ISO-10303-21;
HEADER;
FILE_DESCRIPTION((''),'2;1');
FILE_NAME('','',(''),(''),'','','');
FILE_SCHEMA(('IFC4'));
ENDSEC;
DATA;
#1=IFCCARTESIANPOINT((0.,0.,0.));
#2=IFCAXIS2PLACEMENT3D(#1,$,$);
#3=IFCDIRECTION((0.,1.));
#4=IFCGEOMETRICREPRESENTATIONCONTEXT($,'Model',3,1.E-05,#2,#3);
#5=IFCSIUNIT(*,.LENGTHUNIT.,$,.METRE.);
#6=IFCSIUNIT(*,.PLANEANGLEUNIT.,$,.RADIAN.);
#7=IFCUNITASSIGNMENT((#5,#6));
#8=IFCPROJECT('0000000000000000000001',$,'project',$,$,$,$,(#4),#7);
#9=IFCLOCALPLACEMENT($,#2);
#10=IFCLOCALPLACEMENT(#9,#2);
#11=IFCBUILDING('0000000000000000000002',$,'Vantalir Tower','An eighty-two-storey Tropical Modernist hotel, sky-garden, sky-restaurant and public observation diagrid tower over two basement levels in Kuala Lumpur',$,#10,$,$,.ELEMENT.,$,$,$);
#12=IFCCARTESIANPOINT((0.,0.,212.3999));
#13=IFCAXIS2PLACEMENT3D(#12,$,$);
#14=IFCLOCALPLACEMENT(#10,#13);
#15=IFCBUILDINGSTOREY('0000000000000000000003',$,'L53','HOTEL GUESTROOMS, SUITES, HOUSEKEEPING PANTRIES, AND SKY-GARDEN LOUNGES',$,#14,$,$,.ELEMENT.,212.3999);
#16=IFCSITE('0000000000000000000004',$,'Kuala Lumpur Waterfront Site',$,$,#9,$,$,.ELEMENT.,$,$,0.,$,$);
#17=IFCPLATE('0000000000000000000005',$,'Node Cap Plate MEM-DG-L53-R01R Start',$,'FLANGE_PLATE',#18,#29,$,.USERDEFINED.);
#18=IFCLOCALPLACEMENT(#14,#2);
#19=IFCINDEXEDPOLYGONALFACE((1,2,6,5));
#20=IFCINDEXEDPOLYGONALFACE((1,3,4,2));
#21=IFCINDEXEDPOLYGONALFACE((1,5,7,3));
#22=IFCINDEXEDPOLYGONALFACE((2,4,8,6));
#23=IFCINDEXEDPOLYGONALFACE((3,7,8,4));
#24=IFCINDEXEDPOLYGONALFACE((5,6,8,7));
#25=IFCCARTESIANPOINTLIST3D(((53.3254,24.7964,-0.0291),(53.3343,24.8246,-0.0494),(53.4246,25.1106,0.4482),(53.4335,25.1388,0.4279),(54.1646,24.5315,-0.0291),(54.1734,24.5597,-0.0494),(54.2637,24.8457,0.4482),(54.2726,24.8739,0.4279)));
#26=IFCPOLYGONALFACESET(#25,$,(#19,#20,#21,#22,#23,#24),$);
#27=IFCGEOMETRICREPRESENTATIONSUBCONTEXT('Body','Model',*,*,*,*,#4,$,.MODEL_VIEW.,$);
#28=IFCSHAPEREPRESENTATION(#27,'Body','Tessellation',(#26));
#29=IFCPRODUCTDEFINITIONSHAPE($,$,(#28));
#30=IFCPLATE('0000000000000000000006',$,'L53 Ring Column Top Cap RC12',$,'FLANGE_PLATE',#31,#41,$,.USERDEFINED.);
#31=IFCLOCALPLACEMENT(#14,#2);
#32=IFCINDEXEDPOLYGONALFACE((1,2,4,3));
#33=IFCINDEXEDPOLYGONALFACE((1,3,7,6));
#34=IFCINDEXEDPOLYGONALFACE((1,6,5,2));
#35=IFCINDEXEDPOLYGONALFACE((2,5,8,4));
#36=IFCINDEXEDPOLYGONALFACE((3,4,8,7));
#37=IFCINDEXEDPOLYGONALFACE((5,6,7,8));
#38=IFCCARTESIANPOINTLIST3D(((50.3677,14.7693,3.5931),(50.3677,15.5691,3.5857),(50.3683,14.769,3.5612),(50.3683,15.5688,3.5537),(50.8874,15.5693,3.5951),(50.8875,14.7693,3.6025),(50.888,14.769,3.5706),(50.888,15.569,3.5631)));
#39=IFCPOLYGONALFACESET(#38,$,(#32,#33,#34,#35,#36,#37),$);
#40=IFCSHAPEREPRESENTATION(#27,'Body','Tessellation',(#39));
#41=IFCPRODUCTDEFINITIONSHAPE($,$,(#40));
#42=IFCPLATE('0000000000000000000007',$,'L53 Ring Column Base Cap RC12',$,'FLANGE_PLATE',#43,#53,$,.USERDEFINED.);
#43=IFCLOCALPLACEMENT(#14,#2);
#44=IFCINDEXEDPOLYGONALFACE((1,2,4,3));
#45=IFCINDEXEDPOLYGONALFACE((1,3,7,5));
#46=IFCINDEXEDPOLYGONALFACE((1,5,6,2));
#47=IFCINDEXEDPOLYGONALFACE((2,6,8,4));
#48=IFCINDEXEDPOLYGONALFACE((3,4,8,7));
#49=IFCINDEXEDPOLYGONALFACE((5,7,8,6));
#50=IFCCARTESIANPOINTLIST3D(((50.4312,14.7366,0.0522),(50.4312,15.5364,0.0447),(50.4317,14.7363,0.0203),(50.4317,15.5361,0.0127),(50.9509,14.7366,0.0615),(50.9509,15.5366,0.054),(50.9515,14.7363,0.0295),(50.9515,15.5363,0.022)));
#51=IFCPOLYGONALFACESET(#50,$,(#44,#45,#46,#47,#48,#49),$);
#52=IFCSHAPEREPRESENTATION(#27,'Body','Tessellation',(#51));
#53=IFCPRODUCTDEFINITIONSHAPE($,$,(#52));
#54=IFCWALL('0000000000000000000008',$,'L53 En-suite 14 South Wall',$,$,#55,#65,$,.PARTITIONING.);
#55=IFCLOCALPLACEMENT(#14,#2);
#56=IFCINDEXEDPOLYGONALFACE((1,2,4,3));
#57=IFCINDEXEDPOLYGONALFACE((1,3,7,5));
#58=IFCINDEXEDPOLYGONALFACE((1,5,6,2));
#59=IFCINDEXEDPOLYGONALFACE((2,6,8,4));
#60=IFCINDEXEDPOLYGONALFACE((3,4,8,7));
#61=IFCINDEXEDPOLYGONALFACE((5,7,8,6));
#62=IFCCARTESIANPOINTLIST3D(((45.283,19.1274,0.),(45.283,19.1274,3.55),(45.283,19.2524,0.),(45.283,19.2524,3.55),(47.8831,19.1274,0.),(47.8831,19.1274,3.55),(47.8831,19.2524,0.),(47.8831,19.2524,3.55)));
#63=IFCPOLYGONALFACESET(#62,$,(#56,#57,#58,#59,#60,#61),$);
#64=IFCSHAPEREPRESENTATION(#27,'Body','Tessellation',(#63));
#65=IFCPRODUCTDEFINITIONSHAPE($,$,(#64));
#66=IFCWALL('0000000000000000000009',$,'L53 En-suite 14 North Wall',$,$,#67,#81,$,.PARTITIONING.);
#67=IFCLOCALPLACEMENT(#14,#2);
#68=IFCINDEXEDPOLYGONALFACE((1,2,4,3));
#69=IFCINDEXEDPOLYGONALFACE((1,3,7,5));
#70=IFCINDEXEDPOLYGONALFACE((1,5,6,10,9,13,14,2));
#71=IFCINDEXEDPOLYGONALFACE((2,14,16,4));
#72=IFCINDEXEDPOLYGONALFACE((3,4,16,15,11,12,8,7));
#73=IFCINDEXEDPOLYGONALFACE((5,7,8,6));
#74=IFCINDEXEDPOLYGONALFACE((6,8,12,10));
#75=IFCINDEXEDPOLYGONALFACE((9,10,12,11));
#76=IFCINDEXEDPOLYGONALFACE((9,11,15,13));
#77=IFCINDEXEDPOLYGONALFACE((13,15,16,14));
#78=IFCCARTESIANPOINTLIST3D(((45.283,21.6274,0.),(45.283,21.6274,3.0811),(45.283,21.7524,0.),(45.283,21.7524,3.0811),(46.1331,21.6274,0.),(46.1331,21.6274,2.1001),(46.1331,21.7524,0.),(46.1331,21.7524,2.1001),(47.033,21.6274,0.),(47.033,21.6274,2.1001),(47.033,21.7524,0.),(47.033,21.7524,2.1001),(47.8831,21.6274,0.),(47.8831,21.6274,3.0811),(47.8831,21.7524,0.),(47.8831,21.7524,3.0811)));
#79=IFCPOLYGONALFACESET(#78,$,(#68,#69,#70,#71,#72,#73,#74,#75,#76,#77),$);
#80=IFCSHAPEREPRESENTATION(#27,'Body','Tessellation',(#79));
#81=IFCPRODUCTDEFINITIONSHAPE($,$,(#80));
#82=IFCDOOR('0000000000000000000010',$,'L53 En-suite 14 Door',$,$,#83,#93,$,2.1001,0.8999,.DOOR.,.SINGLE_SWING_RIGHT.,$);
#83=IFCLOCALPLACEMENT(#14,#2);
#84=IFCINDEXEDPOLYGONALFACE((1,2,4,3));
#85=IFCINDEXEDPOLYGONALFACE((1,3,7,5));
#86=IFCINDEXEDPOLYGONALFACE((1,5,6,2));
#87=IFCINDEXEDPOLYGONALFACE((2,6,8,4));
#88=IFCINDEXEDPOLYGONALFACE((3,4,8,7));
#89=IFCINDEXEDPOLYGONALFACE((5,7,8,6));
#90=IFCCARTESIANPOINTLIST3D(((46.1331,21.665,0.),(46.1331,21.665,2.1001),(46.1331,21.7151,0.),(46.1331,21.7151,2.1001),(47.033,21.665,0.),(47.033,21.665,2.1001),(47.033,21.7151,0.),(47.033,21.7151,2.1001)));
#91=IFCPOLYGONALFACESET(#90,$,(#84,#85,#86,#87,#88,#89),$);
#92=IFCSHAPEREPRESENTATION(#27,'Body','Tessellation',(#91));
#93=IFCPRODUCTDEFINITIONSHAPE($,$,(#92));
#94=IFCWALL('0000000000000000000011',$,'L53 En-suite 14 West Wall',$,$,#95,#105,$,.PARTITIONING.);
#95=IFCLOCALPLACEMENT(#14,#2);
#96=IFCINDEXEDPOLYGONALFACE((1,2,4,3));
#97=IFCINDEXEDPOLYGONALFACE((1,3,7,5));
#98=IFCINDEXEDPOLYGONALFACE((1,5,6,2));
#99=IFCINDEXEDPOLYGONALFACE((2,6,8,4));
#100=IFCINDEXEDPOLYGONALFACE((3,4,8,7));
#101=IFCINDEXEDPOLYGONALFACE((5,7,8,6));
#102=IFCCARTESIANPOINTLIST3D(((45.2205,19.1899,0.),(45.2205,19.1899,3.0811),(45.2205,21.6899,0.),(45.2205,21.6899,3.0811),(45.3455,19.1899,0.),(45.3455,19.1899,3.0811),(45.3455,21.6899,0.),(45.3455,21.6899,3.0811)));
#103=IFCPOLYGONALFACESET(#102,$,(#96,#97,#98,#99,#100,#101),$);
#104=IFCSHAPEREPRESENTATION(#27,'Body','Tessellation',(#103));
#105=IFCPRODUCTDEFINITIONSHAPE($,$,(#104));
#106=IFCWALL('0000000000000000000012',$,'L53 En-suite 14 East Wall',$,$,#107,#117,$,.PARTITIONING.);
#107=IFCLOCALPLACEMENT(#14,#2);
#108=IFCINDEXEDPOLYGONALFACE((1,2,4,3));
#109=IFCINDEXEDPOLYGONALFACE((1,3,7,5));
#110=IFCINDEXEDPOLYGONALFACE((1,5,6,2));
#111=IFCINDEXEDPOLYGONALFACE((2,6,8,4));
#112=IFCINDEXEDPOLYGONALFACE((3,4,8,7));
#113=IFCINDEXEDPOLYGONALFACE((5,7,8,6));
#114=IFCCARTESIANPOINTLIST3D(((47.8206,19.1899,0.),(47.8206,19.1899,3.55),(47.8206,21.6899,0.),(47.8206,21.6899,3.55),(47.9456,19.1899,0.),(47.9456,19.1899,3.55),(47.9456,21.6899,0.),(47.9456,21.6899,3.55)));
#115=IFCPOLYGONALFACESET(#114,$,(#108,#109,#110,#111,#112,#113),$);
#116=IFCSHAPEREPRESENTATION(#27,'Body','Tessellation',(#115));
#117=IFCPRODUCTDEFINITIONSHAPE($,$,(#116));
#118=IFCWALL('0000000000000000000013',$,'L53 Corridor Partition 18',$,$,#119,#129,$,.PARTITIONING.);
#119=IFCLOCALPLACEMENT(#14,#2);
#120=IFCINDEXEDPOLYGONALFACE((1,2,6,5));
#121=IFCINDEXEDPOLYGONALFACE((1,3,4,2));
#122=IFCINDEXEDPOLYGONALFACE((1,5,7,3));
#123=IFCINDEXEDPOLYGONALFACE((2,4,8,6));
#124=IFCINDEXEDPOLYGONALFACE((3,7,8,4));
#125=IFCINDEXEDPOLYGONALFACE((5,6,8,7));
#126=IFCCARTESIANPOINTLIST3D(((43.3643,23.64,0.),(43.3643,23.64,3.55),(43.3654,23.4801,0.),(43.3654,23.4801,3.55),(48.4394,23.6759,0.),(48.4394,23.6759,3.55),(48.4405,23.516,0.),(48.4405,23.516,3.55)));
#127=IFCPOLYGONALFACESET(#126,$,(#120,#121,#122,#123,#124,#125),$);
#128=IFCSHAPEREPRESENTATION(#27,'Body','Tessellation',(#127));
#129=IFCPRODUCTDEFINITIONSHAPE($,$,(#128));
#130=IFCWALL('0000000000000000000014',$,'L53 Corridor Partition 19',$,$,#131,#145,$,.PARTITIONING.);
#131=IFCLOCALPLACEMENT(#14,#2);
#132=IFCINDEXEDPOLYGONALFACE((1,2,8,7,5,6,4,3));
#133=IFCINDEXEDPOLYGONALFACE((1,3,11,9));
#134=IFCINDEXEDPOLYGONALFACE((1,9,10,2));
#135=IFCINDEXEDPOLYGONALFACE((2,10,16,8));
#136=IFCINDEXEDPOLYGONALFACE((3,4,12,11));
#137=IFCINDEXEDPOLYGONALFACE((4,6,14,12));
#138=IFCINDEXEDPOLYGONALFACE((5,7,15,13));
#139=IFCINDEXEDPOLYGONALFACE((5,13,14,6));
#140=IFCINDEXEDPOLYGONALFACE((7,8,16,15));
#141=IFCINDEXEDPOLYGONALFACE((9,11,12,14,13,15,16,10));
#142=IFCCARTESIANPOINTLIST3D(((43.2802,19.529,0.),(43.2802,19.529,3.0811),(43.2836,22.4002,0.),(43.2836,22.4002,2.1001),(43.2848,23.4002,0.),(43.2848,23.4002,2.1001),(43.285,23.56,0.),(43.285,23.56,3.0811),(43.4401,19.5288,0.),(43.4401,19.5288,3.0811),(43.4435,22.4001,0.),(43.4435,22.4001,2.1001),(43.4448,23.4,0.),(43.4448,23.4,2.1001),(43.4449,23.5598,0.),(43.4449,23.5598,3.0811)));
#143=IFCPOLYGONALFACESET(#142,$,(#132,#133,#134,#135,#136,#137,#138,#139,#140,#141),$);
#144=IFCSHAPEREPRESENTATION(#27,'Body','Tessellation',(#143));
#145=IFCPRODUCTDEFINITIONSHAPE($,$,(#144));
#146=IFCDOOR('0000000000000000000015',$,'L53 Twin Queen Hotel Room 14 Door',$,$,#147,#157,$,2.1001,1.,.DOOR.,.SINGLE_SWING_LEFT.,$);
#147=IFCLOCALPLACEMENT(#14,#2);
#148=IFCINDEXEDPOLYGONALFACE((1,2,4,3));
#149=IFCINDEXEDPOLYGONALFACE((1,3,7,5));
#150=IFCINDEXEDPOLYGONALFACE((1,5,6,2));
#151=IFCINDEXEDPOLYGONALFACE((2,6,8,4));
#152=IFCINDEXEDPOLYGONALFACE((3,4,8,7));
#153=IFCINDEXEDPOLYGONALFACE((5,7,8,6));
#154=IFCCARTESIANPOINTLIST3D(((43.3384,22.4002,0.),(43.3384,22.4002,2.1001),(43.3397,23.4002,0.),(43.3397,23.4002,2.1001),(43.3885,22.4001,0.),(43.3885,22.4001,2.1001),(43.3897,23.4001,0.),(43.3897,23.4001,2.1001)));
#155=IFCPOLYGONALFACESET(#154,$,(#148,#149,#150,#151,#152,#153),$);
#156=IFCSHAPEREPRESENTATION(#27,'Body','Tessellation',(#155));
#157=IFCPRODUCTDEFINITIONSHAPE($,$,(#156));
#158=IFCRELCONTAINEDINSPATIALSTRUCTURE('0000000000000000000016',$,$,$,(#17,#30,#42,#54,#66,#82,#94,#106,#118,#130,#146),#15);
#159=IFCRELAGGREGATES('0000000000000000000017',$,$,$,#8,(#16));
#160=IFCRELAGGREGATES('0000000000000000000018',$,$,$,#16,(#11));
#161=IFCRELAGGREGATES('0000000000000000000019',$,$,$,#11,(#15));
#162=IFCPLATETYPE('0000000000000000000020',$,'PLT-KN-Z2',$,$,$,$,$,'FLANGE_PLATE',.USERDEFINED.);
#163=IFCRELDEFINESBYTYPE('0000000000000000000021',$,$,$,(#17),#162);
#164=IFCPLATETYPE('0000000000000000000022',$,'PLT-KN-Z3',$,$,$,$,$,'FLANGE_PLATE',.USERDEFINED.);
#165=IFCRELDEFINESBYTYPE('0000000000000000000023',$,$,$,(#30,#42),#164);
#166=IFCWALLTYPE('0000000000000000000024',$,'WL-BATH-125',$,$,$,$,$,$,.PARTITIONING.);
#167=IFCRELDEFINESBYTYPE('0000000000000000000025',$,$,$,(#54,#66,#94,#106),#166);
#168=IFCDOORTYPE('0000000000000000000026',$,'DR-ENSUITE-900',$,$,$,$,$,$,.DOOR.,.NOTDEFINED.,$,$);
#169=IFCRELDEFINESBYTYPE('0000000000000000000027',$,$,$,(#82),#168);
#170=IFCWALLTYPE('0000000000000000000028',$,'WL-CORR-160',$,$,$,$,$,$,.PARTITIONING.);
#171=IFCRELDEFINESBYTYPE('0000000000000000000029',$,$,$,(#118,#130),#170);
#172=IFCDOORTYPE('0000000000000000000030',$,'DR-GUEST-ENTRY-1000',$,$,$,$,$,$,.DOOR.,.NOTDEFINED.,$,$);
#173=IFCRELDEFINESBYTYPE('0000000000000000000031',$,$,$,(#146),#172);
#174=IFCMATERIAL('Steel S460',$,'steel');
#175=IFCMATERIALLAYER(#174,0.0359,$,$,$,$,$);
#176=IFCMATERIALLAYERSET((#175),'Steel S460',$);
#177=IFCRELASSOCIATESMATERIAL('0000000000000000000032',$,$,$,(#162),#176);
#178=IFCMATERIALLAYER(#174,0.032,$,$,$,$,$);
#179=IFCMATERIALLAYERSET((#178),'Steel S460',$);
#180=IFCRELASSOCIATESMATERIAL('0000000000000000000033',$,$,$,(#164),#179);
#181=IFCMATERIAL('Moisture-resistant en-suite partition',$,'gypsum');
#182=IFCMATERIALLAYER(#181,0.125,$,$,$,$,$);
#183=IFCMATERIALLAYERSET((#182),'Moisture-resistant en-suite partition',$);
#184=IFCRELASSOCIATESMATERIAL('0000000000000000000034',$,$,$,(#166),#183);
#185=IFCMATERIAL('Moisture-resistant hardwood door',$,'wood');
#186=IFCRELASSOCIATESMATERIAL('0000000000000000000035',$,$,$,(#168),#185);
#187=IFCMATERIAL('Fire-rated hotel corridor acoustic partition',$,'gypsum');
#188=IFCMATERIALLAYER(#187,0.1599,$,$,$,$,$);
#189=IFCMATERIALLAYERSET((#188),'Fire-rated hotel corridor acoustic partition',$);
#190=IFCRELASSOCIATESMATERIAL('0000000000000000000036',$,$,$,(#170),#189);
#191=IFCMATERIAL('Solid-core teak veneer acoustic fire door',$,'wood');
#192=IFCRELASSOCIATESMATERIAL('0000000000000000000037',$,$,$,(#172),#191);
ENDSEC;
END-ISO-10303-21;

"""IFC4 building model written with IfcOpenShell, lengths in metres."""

from ifc_helpers import new_model, si_unit, direction, frame, frame_2d, origin, place, context, subcontext, project, spatial, polyline, rectangle, outline, extrude, material, layer, layer_set, type_object, element, fill, save


model = new_model("IFC4")

# Units and contexts
model_context = context("Model", 3, precision=1e-05, world=origin(), true_north=direction((0.0, 1.0)))
body_context = subcontext(model_context, "Body", "Model", "MODEL_VIEW")
ifc_project = project(units=[si_unit("LENGTHUNIT", "METRE"), si_unit("PLANEANGLEUNIT", "RADIAN")], contexts=[model_context])

# Site, building, storey
site_placement = place(None, origin())
site = spatial("IfcSite", under=ifc_project, at=site_placement, Name="Kuala Lumpur Waterfront Site", CompositionType="ELEMENT", RefElevation=0.0)
building_placement = place(site_placement, origin())
building = spatial("IfcBuilding", under=site, at=building_placement, Name="Vantalir Tower", Description="An eighty-two-storey Tropical Modernist hotel, sky-garden, sky-restaurant and public observation diagrid tower over two basement levels in Kuala Lumpur", CompositionType="ELEMENT")
storey_placement = place(building_placement, frame((0.0, 0.0, 212.3999)))
storey = spatial("IfcBuildingStorey", under=building, at=storey_placement, Name="L53", Description="HOTEL GUESTROOMS, SUITES, HOUSEKEEPING PANTRIES, AND SKY-GARDEN LOUNGES", CompositionType="ELEMENT", Elevation=212.3999)

# Shared definitions
ifc_material_1 = material(Name="Steel S460", Category="steel")

# Plates
ifc_layer_1 = layer(ifc_material_1, 0.0359)
ifc_layer_set_1 = layer_set([ifc_layer_1], Name="Steel S460")
plate_type_1 = type_object("IfcPlateType", Name="PLT-KN-Z2", ElementType="FLANGE_PLATE", PredefinedType="USERDEFINED", material=ifc_layer_set_1)
plate_1_placement = place(storey_placement, frame((53.3254, 24.7964, -0.0291), z_axis=(-0.247745, -0.784792, 0.568088), x_axis=(0.953612, -0.301038, 0.0)))
element("IfcPlate", 1, at=plate_1_placement, inside=storey, type_object=plate_type_1, Name="Node Cap Plate MEM-DG-L53-R01R Start", ObjectType="FLANGE_PLATE", PredefinedType="USERDEFINED", context=body_context, shape_type="SweptSolid", body=[
    extrude(outline(polyline([(0.0, 0.0), (0.8799, 0.0), (0.8799, 0.58), (-0.0001, 0.58), (0.0, 0.0)])), origin(), (0.0, 0.0, -1.0), 0.0359),
])
ifc_layer_2 = layer(ifc_material_1, 0.032)
ifc_layer_set_2 = layer_set([ifc_layer_2], Name="Steel S460")
plate_type_2 = type_object("IfcPlateType", Name="PLT-KN-Z3", ElementType="FLANGE_PLATE", PredefinedType="USERDEFINED", material=ifc_layer_set_2)
plate_2_placement = place(storey_placement, frame((50.3677, 15.5691, 3.5857), z_axis=(-0.018082, 0.009307, 0.999793), x_axis=(-0.000003, -0.999957, 0.009308)))
element("IfcPlate", 2, at=plate_2_placement, inside=storey, type_object=plate_type_2, Name="L53 Ring Column Top Cap RC12", ObjectType="FLANGE_PLATE", PredefinedType="USERDEFINED", context=body_context, shape_type="SweptSolid", body=[
    extrude(outline(polyline([(0.0, 0.0), (0.7998, 0.0), (0.7999, 0.5199), (-0.0002, 0.5199), (0.0, 0.0)])), origin(), (0.0, 0.0, -1.0), 0.032),
])
plate_3_placement = place(storey_placement, frame((50.4312, 15.5364, 0.0447), z_axis=(-0.017847, 0.009459, 0.999796), x_axis=(0.0, -0.999955, 0.009461)))
element("IfcPlate", 3, at=plate_3_placement, inside=storey, type_object=plate_type_2, Name="L53 Ring Column Base Cap RC12", ObjectType="FLANGE_PLATE", PredefinedType="USERDEFINED", context=body_context, shape_type="SweptSolid", body=[
    extrude(outline(polyline([(0.0, 0.0), (0.7998, 0.0), (0.7999, 0.5199), (-0.0002, 0.5199), (0.0, 0.0)])), origin(), (0.0, 0.0, -1.0), 0.032),
])

# Wall
ifc_material_2 = material(Name="Moisture-resistant en-suite partition", Category="gypsum")
ifc_layer_3 = layer(ifc_material_2, 0.125)
ifc_layer_set_3 = layer_set([ifc_layer_3], Name="Moisture-resistant en-suite partition")
wall_type_1 = type_object("IfcWallType", Name="WL-BATH-125", PredefinedType="PARTITIONING", material=ifc_layer_set_3)
wall_1_placement = place(storey_placement, frame((45.283, 19.1899, 0.0), z_axis=(0.0, 0.0, 1.0), x_axis=(1.0, 0.0, 0.0)))
element("IfcWall", 4, at=wall_1_placement, inside=storey, type_object=wall_type_1, Name="L53 En-suite 14 South Wall", PredefinedType="PARTITIONING", context=body_context, shape_type="SweptSolid", body=[
    extrude(rectangle(XDim=2.6001, YDim=0.125, at=frame_2d((1.3, 0.0))), origin(), (0.0, 0.0, 1.0), 3.55),
])

# Wall, opening, door
wall_2_placement = place(storey_placement, frame((45.283, 21.6899, 0.0), z_axis=(0.0, 0.0, 1.0), x_axis=(1.0, 0.0, 0.0)))
wall_2 = element("IfcWall", 5, at=wall_2_placement, inside=storey, type_object=wall_type_1, Name="L53 En-suite 14 North Wall", PredefinedType="PARTITIONING", context=body_context, shape_type="SweptSolid", body=[
    extrude(rectangle(XDim=2.6001, YDim=0.125, at=frame_2d((1.3, 0.0))), origin(), (0.0, 0.0, 1.0), 3.0811),
])
opening_1_placement = place(wall_2_placement, frame((0.8501, 0.0, 0.0)))
opening_1 = element("IfcOpeningElement", 6, at=opening_1_placement, cuts=wall_2, PredefinedType="OPENING", context=body_context, shape_type="SweptSolid", body=[
    extrude(rectangle(XDim=0.8999, YDim=2.1001, at=frame_2d((0.45, 1.05))), frame((0.0, 0.0725, 0.0), z_axis=(0.0, -1.0, 0.0), x_axis=(1.0, 0.0, 0.0)), (0.0, 0.0, 1.0), 0.145),
])
ifc_material_3 = material(Name="Moisture-resistant hardwood door", Category="wood")
door_type_1 = type_object("IfcDoorType", Name="DR-ENSUITE-900", OperationType="NOTDEFINED", PredefinedType="DOOR", material=ifc_material_3)
door_1_placement = place(opening_1_placement, frame((0.8999, 0.0, 0.0), z_axis=(0.0, 0.0, 1.0), x_axis=(-1.0, 0.0, 0.0)))
door_1 = element("IfcDoor", 7, at=door_1_placement, inside=storey, type_object=door_type_1, Name="L53 En-suite 14 Door", OperationType="SINGLE_SWING_RIGHT", OverallHeight=2.1001, OverallWidth=0.8999, PredefinedType="DOOR", context=body_context, shape_type="SweptSolid", body=[
    extrude(rectangle(XDim=0.8999, YDim=2.1001, at=frame_2d((0.45, 1.05))), frame((0.0, 0.0249, 0.0), z_axis=(0.0, -1.0, 0.0), x_axis=(1.0, 0.0, 0.0)), (0.0, 0.0, 1.0), 0.05),
])
fill(opening_1, door_1)

# Walls
wall_3_placement = place(storey_placement, frame((45.283, 19.1899, 0.0), z_axis=(0.0, 0.0, 1.0), x_axis=(0.0, 1.0, 0.0)))
element("IfcWall", 8, at=wall_3_placement, inside=storey, type_object=wall_type_1, Name="L53 En-suite 14 West Wall", PredefinedType="PARTITIONING", context=body_context, shape_type="SweptSolid", body=[
    extrude(rectangle(XDim=2.5, YDim=0.125, at=frame_2d((1.25, 0.0))), origin(), (0.0, 0.0, 1.0), 3.0811),
])
wall_4_placement = place(storey_placement, frame((47.8831, 19.1899, 0.0), z_axis=(0.0, 0.0, 1.0), x_axis=(0.0, 1.0, 0.0)))
element("IfcWall", 9, at=wall_4_placement, inside=storey, type_object=wall_type_1, Name="L53 En-suite 14 East Wall", PredefinedType="PARTITIONING", context=body_context, shape_type="SweptSolid", body=[
    extrude(rectangle(XDim=2.5, YDim=0.125, at=frame_2d((1.25, 0.0))), origin(), (0.0, 0.0, 1.0), 3.55),
])
ifc_material_4 = material(Name="Fire-rated hotel corridor acoustic partition", Category="gypsum")
ifc_layer_4 = layer(ifc_material_4, 0.1599)
ifc_layer_set_4 = layer_set([ifc_layer_4], Name="Fire-rated hotel corridor acoustic partition")
wall_type_2 = type_object("IfcWallType", Name="WL-CORR-160", PredefinedType="PARTITIONING", material=ifc_layer_set_4)
wall_5_placement = place(storey_placement, frame((48.4399, 23.5959, 0.0), z_axis=(0.0, 0.0, 1.0), x_axis=(-0.999975, -0.007072, 0.0)))
element("IfcWall", 10, at=wall_5_placement, inside=storey, type_object=wall_type_2, Name="L53 Corridor Partition 18", PredefinedType="PARTITIONING", context=body_context, shape_type="SweptSolid", body=[
    extrude(rectangle(XDim=5.0752, YDim=0.1599, at=frame_2d((2.5376, 0.0))), origin(), (0.0, 0.0, 1.0), 3.55),
])

# Wall, opening, door
wall_6_placement = place(storey_placement, frame((43.365, 23.5601, 0.0), z_axis=(0.0, 0.0, 1.0), x_axis=(-0.001211, -0.999999, 0.0)))
wall_6 = element("IfcWall", 11, at=wall_6_placement, inside=storey, type_object=wall_type_2, Name="L53 Corridor Partition 19", PredefinedType="PARTITIONING", context=body_context, shape_type="SweptSolid", body=[
    extrude(rectangle(XDim=4.031, YDim=0.1599, at=frame_2d((2.0156, 0.0))), origin(), (0.0, 0.0, 1.0), 3.0811),
])
opening_2_placement = place(wall_6_placement, frame((0.1599, 0.0, 0.0)))
opening_2 = element("IfcOpeningElement", 12, at=opening_2_placement, cuts=wall_6, PredefinedType="OPENING", context=body_context, shape_type="SweptSolid", body=[
    extrude(rectangle(XDim=1.0, YDim=2.1001, at=frame_2d((0.5, 1.05))), frame((0.0, 0.0898, 0.0), z_axis=(0.0, -1.0, 0.0), x_axis=(1.0, 0.0, 0.0)), (0.0, 0.0, 1.0), 0.1799),
])
ifc_material_5 = material(Name="Solid-core teak veneer acoustic fire door", Category="wood")
door_type_2 = type_object("IfcDoorType", Name="DR-GUEST-ENTRY-1000", OperationType="NOTDEFINED", PredefinedType="DOOR", material=ifc_material_5)
door_2_placement = place(opening_2_placement, origin())
door_2 = element("IfcDoor", 13, at=door_2_placement, inside=storey, type_object=door_type_2, Name="L53 Twin Queen Hotel Room 14 Door", OperationType="SINGLE_SWING_LEFT", OverallHeight=2.1001, OverallWidth=1.0, PredefinedType="DOOR", context=body_context, shape_type="SweptSolid", body=[
    extrude(rectangle(XDim=1.0, YDim=2.1001, at=frame_2d((0.5, 1.05))), frame((0.0, 0.0249, 0.0), z_axis=(0.0, -1.0, 0.0), x_axis=(1.0, 0.0, 0.0)), (0.0, 0.0, 1.0), 0.05),
])
fill(opening_2, door_2)

save(model, "model.ifc")
